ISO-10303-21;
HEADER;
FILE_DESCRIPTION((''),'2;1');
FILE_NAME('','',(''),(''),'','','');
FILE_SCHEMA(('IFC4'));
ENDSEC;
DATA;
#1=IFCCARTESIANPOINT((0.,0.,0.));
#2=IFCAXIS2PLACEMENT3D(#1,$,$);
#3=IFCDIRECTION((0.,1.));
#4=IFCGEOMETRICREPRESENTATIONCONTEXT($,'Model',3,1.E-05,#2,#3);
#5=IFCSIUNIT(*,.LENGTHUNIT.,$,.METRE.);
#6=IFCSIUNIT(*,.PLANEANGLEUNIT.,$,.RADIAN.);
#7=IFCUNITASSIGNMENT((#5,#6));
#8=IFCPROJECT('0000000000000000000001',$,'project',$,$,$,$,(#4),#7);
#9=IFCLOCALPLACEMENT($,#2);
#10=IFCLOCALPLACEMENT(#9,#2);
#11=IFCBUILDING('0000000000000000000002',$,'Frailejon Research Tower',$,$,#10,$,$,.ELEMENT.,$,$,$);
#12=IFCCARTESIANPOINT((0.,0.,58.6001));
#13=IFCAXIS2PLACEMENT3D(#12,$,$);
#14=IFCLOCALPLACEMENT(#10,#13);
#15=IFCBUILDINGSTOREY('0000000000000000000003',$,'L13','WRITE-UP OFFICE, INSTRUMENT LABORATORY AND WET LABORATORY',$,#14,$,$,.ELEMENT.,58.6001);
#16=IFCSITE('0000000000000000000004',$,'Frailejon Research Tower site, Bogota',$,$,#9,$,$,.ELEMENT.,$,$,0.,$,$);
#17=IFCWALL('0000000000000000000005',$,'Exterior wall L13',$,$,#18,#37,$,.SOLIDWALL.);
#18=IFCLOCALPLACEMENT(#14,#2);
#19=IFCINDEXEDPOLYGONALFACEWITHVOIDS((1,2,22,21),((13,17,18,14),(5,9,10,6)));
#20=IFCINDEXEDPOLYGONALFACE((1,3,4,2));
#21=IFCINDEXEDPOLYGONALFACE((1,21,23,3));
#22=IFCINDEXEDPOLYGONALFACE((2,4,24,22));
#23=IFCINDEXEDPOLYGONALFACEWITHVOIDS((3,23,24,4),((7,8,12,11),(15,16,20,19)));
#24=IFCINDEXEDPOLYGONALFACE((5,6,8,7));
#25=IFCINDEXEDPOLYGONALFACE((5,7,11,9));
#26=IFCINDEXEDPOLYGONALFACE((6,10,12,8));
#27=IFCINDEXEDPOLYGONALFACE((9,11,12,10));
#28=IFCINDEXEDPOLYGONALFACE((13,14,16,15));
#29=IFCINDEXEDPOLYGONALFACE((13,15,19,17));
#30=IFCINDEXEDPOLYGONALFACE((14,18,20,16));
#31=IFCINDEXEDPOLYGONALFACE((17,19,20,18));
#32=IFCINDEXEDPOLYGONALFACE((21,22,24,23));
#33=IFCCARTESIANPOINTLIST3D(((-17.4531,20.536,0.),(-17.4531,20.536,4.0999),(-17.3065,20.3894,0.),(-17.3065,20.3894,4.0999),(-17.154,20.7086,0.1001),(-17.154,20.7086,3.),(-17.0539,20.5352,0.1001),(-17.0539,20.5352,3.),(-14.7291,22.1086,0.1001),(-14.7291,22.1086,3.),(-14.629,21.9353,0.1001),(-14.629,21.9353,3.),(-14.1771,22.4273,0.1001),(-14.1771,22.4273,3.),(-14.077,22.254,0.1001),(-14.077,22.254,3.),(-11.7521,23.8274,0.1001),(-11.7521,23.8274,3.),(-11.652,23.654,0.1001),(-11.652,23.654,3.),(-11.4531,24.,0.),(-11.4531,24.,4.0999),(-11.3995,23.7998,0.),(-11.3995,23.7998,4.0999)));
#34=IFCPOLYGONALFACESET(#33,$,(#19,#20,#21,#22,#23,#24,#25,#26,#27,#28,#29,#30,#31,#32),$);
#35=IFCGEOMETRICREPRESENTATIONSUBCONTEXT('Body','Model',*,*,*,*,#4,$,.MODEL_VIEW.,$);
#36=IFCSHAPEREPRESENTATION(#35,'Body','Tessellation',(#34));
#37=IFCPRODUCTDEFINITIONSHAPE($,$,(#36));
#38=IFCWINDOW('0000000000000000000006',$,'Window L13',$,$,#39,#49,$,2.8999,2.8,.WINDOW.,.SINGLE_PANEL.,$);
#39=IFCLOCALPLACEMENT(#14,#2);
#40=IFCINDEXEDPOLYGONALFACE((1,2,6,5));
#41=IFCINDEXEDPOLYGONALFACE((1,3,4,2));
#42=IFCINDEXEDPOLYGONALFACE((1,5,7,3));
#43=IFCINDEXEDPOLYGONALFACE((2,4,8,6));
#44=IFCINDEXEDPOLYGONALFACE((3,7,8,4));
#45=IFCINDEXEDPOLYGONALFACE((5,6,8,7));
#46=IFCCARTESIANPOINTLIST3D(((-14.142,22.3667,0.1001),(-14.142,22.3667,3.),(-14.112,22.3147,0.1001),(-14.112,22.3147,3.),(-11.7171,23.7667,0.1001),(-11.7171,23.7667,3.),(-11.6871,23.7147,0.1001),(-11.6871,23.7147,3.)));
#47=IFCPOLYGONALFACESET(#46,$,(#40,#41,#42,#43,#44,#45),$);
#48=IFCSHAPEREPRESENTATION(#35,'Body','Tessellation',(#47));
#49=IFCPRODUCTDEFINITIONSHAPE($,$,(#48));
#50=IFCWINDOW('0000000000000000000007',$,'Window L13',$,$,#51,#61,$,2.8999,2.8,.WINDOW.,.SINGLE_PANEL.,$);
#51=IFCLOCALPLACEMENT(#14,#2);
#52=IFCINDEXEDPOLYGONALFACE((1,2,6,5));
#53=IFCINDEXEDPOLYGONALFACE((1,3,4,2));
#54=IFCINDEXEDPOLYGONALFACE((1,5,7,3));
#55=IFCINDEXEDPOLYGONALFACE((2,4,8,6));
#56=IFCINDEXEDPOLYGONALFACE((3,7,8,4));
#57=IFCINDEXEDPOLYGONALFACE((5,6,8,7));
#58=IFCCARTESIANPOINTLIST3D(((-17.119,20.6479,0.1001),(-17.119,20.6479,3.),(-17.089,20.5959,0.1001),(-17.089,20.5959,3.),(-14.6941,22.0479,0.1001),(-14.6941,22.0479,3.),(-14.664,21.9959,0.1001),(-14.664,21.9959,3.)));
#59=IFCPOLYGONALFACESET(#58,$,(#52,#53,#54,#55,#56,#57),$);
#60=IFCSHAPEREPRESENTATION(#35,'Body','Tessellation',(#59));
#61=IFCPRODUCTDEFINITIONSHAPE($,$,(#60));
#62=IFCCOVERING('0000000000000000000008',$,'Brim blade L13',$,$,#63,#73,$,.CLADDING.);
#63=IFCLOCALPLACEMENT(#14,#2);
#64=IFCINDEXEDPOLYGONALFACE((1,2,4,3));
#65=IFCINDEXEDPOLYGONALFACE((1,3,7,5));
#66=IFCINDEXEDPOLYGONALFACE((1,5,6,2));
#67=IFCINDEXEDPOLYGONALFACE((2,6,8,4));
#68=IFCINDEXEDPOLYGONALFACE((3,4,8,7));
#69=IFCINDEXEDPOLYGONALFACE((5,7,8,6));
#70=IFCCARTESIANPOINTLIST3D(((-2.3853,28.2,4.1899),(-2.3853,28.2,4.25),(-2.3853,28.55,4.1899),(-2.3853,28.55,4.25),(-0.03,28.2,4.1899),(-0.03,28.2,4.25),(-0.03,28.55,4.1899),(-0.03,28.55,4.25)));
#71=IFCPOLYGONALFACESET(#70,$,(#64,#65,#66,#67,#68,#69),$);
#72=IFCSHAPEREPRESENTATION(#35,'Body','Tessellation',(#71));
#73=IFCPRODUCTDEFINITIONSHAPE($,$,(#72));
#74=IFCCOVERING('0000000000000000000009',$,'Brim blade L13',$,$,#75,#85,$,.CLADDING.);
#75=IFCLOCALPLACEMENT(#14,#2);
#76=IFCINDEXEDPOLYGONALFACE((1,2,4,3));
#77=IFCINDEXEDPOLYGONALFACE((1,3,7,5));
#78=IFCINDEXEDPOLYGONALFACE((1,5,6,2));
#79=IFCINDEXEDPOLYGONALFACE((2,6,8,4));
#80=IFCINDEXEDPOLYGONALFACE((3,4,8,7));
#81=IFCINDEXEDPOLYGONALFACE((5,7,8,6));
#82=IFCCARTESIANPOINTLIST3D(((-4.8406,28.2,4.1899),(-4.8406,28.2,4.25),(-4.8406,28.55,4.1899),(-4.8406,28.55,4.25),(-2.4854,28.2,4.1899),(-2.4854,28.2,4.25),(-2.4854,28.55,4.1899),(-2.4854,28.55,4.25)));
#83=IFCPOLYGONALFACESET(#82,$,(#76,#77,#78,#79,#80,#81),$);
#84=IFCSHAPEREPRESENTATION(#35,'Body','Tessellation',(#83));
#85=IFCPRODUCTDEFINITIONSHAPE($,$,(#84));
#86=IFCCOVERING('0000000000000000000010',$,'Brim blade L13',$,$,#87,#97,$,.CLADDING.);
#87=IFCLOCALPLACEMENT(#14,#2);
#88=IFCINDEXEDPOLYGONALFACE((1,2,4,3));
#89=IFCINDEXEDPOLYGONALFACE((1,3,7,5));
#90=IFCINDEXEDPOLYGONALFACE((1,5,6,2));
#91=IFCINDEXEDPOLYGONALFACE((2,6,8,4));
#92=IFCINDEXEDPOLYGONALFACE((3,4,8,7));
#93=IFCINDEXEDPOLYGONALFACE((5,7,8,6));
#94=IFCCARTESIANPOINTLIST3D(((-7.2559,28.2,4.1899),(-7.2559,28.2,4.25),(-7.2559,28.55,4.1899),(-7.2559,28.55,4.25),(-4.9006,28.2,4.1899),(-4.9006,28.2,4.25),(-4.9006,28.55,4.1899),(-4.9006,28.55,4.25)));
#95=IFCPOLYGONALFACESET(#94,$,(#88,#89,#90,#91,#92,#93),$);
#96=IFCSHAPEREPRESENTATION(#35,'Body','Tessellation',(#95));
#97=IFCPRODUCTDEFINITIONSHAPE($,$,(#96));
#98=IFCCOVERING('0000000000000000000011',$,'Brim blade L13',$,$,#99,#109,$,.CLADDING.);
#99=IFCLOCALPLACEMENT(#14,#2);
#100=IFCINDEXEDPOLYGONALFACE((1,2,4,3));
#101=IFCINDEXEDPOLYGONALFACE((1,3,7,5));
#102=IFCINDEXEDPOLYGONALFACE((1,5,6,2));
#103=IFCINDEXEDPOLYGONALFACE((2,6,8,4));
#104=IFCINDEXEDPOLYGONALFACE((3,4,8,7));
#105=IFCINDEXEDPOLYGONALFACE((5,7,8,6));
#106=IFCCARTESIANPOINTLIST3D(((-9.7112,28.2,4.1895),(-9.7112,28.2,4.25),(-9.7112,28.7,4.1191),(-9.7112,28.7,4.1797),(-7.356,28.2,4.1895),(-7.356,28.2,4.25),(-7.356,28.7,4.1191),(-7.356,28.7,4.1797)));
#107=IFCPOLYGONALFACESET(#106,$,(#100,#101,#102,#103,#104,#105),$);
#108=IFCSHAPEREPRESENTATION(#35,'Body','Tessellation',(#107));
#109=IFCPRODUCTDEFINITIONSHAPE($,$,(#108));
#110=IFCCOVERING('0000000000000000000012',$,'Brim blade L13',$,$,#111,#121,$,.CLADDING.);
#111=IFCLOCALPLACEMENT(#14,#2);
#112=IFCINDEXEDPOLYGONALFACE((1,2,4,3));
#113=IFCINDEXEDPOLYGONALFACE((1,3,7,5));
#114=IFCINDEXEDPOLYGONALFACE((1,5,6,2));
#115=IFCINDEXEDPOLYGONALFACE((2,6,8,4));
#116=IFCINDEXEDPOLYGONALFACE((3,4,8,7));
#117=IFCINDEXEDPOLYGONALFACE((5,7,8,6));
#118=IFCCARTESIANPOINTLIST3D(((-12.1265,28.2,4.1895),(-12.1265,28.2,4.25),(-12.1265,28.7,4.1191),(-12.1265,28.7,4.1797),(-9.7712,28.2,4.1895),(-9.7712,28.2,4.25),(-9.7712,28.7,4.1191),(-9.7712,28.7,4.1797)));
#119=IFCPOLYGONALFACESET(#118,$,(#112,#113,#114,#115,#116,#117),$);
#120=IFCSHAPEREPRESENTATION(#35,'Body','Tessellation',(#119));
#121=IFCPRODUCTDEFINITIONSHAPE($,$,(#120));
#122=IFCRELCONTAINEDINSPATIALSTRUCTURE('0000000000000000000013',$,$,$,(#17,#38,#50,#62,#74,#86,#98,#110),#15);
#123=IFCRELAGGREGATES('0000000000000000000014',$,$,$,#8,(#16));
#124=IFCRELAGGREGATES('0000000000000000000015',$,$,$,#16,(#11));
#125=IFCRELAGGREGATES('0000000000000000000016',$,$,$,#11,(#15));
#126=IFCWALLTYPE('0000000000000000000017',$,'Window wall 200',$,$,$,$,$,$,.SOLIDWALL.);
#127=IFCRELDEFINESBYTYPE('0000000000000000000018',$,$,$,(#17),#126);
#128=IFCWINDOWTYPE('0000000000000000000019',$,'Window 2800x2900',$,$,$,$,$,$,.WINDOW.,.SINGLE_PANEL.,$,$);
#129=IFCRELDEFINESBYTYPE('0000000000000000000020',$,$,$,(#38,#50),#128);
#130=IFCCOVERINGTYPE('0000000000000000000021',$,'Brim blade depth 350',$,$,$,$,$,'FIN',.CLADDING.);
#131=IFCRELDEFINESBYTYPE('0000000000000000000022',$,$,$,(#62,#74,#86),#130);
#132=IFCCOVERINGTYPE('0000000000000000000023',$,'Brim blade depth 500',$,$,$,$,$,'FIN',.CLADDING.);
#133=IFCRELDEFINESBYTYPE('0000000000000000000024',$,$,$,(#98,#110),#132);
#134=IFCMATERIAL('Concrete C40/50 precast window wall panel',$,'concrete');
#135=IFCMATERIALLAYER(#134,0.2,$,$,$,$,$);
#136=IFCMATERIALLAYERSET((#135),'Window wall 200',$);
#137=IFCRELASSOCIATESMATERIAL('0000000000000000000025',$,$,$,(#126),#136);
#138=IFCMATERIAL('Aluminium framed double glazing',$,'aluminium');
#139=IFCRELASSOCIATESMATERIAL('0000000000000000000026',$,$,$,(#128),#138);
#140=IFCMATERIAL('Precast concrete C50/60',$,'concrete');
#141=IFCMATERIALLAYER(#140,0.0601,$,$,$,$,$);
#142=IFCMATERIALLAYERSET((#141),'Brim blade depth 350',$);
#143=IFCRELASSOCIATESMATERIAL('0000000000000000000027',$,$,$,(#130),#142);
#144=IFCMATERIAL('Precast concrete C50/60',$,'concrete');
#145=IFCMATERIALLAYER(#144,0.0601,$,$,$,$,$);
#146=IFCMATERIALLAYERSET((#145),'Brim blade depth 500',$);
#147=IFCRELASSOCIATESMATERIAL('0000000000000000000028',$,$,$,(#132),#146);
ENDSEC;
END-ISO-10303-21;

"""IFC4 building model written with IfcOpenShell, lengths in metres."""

from ifc_helpers import new_model, si_unit, direction, frame, frame_2d, origin, place, context, subcontext, project, spatial, polyline, rectangle, outline, extrude, material, layer, layer_set, type_object, element, fill, save


model = new_model("IFC4")

# Units and contexts
model_context = context("Model", 3, precision=1e-05, world=origin(), true_north=direction((0.0, 1.0)))
body_context = subcontext(model_context, "Body", "Model", "MODEL_VIEW")
ifc_project = project(units=[si_unit("LENGTHUNIT", "METRE"), si_unit("PLANEANGLEUNIT", "RADIAN")], contexts=[model_context])

# Site, building, storey
site_placement = place(None, origin())
site = spatial("IfcSite", under=ifc_project, at=site_placement, Name="Frailejon Research Tower site, Bogota", CompositionType="ELEMENT", RefElevation=0.0)
building_placement = place(site_placement, origin())
building = spatial("IfcBuilding", under=site, at=building_placement, Name="Frailejon Research Tower", CompositionType="ELEMENT")
storey_placement = place(building_placement, frame((0.0, 0.0, 58.6001)))
storey = spatial("IfcBuildingStorey", under=building, at=storey_placement, Name="L13", Description="WRITE-UP OFFICE, INSTRUMENT LABORATORY AND WET LABORATORY", CompositionType="ELEMENT", Elevation=58.6001)

# Wall, openings, windows
ifc_material_1 = material(Name="Concrete C40/50 precast window wall panel", Category="concrete")
ifc_layer_1 = layer(ifc_material_1, 0.2)
ifc_layer_set_1 = layer_set([ifc_layer_1], Name="Window wall 200")
wall_type_1 = type_object("IfcWallType", Name="Window wall 200", PredefinedType="SOLIDWALL", material=ifc_layer_set_1)
wall_1_placement = place(storey_placement, frame((-11.4263, 23.8999, 0.0), z_axis=(0.0, 0.0, 1.0), x_axis=(-0.866029, -0.499993, 0.0)))
wall_1 = element("IfcWall", 1, at=wall_1_placement, inside=storey, type_object=wall_type_1, Name="Exterior wall L13", PredefinedType="SOLIDWALL", context=body_context, shape_type="SweptSolid", body=[
    extrude(outline(polyline([(-0.0269, -0.1001), (1.1279, -0.1001), (2.2825, -0.1001), (3.4373, -0.1001), (4.592, -0.1001), (5.7466, -0.1001), (6.9014, -0.1001), (6.8477, 0.1001), (5.7109, 0.1001), (4.574, 0.1001), (3.4373, 0.1001), (2.3005, 0.1001), (1.1636, 0.1001), (0.0269, 0.1001), (-0.0269, -0.1001)])), origin(), (0.0, 0.0, 1.0), 4.0999),
])
opening_1_placement = place(wall_1_placement, frame((0.3186, 0.0, 0.1001)))
opening_1 = element("IfcOpeningElement", 2, at=opening_1_placement, cuts=wall_1, PredefinedType="OPENING", context=body_context, shape_type="SweptSolid", body=[
    extrude(rectangle(XDim=2.8, YDim=2.8999, at=frame_2d((1.3999, 1.45))), frame((0.0, 0.1099, 0.0), z_axis=(0.0, -1.0, 0.0), x_axis=(1.0, 0.0, 0.0)), (0.0, 0.0, 1.0), 0.22),
])
opening_2_placement = place(wall_1_placement, frame((3.7561, 0.0, 0.1001)))
opening_2 = element("IfcOpeningElement", 3, at=opening_2_placement, cuts=wall_1, PredefinedType="OPENING", context=body_context, shape_type="SweptSolid", body=[
    extrude(rectangle(XDim=2.8, YDim=2.8999, at=frame_2d((1.3999, 1.45))), frame((0.0, 0.1099, 0.0), z_axis=(0.0, -1.0, 0.0), x_axis=(1.0, 0.0, 0.0)), (0.0, 0.0, 1.0), 0.22),
])
ifc_material_2 = material(Name="Aluminium framed double glazing", Category="aluminium")
window_type = type_object("IfcWindowType", Name="Window 2800x2900", PartitioningType="SINGLE_PANEL", PredefinedType="WINDOW", material=ifc_material_2)
window_1_placement = place(opening_1_placement, origin())
window_1 = element("IfcWindow", 4, at=window_1_placement, inside=storey, type_object=window_type, Name="Window L13", OverallHeight=2.8999, OverallWidth=2.8, PartitioningType="SINGLE_PANEL", PredefinedType="WINDOW", context=body_context, shape_type="SweptSolid", body=[
    extrude(rectangle(XDim=2.8, YDim=2.8999, at=frame_2d((1.3999, 1.45))), frame((0.0, 0.03, 0.0), z_axis=(0.0, -1.0, 0.0), x_axis=(1.0, 0.0, 0.0)), (0.0, 0.0, 1.0), 0.0601),
])
fill(opening_1, window_1)
window_2_placement = place(opening_2_placement, origin())
window_2 = element("IfcWindow", 5, at=window_2_placement, inside=storey, type_object=window_type, Name="Window L13", OverallHeight=2.8999, OverallWidth=2.8, PartitioningType="SINGLE_PANEL", PredefinedType="WINDOW", context=body_context, shape_type="SweptSolid", body=[
    extrude(rectangle(XDim=2.8, YDim=2.8999, at=frame_2d((1.3999, 1.45))), frame((0.0, 0.03, 0.0), z_axis=(0.0, -1.0, 0.0), x_axis=(1.0, 0.0, 0.0)), (0.0, 0.0, 1.0), 0.0601),
])
fill(opening_2, window_2)

# Coverings
ifc_material_3 = material(Name="Precast concrete C50/60", Category="concrete")
ifc_layer_2 = layer(ifc_material_3, 0.0601)
ifc_layer_set_2 = layer_set([ifc_layer_2], Name="Brim blade depth 350")
covering_type_1 = type_object("IfcCoveringType", Name="Brim blade depth 350", ElementType="FIN", PredefinedType="CLADDING", material=ifc_layer_set_2)
for number, where, z_axis, x_axis, name in (
    (6, (-2.3853, 28.2, 4.25), (1.0, 0.0, 0.0), (0.0, 1.0, 0.0), "Brim blade L13"),
    (7, (-4.8406, 28.2, 4.25), (1.0, 0.0, 0.0), (0.0, 1.0, 0.0), "Brim blade L13"),
    (8, (-7.2559, 28.2, 4.25), (1.0, 0.0, 0.0), (0.0, 1.0, 0.0), "Brim blade L13"),
):
    element("IfcCovering", number, at=place(storey_placement, frame(where, z_axis=z_axis, x_axis=x_axis)), inside=storey, type_object=covering_type_1, Name=name, PredefinedType="CLADDING", context=body_context, shape_type="SweptSolid", body=[
        extrude(outline(polyline([(0.0, -0.0601), (0.3501, -0.0601), (0.3501, 0.0), (0.0, 0.0), (0.0, -0.0601)])), origin(), (0.0, 0.0, 1.0), 2.3552),
    ])
ifc_material_4 = material(Name="Precast concrete C50/60", Category="concrete")
ifc_layer_3 = layer(ifc_material_4, 0.0601)
ifc_layer_set_3 = layer_set([ifc_layer_3], Name="Brim blade depth 500")
covering_type_2 = type_object("IfcCoveringType", Name="Brim blade depth 500", ElementType="FIN", PredefinedType="CLADDING", material=ifc_layer_set_3)
for number, where, z_axis, x_axis, name in (
    (9, (-9.7112, 28.2, 4.25), (1.0, 0.0, 0.0), (0.0, 1.0, 0.0), "Brim blade L13"),
    (10, (-12.1265, 28.2, 4.25), (1.0, 0.0, 0.0), (0.0, 1.0, 0.0), "Brim blade L13"),
):
    element("IfcCovering", number, at=place(storey_placement, frame(where, z_axis=z_axis, x_axis=x_axis)), inside=storey, type_object=covering_type_2, Name=name, PredefinedType="CLADDING", context=body_context, shape_type="SweptSolid", body=[
        extrude(outline(polyline([(0.0, -0.0605), (0.5, -0.1309), (0.5, -0.0703), (0.0, 0.0), (0.0, -0.0605)])), origin(), (0.0, 0.0, 1.0), 2.3552),
    ])

save(model, "model.ifc")
